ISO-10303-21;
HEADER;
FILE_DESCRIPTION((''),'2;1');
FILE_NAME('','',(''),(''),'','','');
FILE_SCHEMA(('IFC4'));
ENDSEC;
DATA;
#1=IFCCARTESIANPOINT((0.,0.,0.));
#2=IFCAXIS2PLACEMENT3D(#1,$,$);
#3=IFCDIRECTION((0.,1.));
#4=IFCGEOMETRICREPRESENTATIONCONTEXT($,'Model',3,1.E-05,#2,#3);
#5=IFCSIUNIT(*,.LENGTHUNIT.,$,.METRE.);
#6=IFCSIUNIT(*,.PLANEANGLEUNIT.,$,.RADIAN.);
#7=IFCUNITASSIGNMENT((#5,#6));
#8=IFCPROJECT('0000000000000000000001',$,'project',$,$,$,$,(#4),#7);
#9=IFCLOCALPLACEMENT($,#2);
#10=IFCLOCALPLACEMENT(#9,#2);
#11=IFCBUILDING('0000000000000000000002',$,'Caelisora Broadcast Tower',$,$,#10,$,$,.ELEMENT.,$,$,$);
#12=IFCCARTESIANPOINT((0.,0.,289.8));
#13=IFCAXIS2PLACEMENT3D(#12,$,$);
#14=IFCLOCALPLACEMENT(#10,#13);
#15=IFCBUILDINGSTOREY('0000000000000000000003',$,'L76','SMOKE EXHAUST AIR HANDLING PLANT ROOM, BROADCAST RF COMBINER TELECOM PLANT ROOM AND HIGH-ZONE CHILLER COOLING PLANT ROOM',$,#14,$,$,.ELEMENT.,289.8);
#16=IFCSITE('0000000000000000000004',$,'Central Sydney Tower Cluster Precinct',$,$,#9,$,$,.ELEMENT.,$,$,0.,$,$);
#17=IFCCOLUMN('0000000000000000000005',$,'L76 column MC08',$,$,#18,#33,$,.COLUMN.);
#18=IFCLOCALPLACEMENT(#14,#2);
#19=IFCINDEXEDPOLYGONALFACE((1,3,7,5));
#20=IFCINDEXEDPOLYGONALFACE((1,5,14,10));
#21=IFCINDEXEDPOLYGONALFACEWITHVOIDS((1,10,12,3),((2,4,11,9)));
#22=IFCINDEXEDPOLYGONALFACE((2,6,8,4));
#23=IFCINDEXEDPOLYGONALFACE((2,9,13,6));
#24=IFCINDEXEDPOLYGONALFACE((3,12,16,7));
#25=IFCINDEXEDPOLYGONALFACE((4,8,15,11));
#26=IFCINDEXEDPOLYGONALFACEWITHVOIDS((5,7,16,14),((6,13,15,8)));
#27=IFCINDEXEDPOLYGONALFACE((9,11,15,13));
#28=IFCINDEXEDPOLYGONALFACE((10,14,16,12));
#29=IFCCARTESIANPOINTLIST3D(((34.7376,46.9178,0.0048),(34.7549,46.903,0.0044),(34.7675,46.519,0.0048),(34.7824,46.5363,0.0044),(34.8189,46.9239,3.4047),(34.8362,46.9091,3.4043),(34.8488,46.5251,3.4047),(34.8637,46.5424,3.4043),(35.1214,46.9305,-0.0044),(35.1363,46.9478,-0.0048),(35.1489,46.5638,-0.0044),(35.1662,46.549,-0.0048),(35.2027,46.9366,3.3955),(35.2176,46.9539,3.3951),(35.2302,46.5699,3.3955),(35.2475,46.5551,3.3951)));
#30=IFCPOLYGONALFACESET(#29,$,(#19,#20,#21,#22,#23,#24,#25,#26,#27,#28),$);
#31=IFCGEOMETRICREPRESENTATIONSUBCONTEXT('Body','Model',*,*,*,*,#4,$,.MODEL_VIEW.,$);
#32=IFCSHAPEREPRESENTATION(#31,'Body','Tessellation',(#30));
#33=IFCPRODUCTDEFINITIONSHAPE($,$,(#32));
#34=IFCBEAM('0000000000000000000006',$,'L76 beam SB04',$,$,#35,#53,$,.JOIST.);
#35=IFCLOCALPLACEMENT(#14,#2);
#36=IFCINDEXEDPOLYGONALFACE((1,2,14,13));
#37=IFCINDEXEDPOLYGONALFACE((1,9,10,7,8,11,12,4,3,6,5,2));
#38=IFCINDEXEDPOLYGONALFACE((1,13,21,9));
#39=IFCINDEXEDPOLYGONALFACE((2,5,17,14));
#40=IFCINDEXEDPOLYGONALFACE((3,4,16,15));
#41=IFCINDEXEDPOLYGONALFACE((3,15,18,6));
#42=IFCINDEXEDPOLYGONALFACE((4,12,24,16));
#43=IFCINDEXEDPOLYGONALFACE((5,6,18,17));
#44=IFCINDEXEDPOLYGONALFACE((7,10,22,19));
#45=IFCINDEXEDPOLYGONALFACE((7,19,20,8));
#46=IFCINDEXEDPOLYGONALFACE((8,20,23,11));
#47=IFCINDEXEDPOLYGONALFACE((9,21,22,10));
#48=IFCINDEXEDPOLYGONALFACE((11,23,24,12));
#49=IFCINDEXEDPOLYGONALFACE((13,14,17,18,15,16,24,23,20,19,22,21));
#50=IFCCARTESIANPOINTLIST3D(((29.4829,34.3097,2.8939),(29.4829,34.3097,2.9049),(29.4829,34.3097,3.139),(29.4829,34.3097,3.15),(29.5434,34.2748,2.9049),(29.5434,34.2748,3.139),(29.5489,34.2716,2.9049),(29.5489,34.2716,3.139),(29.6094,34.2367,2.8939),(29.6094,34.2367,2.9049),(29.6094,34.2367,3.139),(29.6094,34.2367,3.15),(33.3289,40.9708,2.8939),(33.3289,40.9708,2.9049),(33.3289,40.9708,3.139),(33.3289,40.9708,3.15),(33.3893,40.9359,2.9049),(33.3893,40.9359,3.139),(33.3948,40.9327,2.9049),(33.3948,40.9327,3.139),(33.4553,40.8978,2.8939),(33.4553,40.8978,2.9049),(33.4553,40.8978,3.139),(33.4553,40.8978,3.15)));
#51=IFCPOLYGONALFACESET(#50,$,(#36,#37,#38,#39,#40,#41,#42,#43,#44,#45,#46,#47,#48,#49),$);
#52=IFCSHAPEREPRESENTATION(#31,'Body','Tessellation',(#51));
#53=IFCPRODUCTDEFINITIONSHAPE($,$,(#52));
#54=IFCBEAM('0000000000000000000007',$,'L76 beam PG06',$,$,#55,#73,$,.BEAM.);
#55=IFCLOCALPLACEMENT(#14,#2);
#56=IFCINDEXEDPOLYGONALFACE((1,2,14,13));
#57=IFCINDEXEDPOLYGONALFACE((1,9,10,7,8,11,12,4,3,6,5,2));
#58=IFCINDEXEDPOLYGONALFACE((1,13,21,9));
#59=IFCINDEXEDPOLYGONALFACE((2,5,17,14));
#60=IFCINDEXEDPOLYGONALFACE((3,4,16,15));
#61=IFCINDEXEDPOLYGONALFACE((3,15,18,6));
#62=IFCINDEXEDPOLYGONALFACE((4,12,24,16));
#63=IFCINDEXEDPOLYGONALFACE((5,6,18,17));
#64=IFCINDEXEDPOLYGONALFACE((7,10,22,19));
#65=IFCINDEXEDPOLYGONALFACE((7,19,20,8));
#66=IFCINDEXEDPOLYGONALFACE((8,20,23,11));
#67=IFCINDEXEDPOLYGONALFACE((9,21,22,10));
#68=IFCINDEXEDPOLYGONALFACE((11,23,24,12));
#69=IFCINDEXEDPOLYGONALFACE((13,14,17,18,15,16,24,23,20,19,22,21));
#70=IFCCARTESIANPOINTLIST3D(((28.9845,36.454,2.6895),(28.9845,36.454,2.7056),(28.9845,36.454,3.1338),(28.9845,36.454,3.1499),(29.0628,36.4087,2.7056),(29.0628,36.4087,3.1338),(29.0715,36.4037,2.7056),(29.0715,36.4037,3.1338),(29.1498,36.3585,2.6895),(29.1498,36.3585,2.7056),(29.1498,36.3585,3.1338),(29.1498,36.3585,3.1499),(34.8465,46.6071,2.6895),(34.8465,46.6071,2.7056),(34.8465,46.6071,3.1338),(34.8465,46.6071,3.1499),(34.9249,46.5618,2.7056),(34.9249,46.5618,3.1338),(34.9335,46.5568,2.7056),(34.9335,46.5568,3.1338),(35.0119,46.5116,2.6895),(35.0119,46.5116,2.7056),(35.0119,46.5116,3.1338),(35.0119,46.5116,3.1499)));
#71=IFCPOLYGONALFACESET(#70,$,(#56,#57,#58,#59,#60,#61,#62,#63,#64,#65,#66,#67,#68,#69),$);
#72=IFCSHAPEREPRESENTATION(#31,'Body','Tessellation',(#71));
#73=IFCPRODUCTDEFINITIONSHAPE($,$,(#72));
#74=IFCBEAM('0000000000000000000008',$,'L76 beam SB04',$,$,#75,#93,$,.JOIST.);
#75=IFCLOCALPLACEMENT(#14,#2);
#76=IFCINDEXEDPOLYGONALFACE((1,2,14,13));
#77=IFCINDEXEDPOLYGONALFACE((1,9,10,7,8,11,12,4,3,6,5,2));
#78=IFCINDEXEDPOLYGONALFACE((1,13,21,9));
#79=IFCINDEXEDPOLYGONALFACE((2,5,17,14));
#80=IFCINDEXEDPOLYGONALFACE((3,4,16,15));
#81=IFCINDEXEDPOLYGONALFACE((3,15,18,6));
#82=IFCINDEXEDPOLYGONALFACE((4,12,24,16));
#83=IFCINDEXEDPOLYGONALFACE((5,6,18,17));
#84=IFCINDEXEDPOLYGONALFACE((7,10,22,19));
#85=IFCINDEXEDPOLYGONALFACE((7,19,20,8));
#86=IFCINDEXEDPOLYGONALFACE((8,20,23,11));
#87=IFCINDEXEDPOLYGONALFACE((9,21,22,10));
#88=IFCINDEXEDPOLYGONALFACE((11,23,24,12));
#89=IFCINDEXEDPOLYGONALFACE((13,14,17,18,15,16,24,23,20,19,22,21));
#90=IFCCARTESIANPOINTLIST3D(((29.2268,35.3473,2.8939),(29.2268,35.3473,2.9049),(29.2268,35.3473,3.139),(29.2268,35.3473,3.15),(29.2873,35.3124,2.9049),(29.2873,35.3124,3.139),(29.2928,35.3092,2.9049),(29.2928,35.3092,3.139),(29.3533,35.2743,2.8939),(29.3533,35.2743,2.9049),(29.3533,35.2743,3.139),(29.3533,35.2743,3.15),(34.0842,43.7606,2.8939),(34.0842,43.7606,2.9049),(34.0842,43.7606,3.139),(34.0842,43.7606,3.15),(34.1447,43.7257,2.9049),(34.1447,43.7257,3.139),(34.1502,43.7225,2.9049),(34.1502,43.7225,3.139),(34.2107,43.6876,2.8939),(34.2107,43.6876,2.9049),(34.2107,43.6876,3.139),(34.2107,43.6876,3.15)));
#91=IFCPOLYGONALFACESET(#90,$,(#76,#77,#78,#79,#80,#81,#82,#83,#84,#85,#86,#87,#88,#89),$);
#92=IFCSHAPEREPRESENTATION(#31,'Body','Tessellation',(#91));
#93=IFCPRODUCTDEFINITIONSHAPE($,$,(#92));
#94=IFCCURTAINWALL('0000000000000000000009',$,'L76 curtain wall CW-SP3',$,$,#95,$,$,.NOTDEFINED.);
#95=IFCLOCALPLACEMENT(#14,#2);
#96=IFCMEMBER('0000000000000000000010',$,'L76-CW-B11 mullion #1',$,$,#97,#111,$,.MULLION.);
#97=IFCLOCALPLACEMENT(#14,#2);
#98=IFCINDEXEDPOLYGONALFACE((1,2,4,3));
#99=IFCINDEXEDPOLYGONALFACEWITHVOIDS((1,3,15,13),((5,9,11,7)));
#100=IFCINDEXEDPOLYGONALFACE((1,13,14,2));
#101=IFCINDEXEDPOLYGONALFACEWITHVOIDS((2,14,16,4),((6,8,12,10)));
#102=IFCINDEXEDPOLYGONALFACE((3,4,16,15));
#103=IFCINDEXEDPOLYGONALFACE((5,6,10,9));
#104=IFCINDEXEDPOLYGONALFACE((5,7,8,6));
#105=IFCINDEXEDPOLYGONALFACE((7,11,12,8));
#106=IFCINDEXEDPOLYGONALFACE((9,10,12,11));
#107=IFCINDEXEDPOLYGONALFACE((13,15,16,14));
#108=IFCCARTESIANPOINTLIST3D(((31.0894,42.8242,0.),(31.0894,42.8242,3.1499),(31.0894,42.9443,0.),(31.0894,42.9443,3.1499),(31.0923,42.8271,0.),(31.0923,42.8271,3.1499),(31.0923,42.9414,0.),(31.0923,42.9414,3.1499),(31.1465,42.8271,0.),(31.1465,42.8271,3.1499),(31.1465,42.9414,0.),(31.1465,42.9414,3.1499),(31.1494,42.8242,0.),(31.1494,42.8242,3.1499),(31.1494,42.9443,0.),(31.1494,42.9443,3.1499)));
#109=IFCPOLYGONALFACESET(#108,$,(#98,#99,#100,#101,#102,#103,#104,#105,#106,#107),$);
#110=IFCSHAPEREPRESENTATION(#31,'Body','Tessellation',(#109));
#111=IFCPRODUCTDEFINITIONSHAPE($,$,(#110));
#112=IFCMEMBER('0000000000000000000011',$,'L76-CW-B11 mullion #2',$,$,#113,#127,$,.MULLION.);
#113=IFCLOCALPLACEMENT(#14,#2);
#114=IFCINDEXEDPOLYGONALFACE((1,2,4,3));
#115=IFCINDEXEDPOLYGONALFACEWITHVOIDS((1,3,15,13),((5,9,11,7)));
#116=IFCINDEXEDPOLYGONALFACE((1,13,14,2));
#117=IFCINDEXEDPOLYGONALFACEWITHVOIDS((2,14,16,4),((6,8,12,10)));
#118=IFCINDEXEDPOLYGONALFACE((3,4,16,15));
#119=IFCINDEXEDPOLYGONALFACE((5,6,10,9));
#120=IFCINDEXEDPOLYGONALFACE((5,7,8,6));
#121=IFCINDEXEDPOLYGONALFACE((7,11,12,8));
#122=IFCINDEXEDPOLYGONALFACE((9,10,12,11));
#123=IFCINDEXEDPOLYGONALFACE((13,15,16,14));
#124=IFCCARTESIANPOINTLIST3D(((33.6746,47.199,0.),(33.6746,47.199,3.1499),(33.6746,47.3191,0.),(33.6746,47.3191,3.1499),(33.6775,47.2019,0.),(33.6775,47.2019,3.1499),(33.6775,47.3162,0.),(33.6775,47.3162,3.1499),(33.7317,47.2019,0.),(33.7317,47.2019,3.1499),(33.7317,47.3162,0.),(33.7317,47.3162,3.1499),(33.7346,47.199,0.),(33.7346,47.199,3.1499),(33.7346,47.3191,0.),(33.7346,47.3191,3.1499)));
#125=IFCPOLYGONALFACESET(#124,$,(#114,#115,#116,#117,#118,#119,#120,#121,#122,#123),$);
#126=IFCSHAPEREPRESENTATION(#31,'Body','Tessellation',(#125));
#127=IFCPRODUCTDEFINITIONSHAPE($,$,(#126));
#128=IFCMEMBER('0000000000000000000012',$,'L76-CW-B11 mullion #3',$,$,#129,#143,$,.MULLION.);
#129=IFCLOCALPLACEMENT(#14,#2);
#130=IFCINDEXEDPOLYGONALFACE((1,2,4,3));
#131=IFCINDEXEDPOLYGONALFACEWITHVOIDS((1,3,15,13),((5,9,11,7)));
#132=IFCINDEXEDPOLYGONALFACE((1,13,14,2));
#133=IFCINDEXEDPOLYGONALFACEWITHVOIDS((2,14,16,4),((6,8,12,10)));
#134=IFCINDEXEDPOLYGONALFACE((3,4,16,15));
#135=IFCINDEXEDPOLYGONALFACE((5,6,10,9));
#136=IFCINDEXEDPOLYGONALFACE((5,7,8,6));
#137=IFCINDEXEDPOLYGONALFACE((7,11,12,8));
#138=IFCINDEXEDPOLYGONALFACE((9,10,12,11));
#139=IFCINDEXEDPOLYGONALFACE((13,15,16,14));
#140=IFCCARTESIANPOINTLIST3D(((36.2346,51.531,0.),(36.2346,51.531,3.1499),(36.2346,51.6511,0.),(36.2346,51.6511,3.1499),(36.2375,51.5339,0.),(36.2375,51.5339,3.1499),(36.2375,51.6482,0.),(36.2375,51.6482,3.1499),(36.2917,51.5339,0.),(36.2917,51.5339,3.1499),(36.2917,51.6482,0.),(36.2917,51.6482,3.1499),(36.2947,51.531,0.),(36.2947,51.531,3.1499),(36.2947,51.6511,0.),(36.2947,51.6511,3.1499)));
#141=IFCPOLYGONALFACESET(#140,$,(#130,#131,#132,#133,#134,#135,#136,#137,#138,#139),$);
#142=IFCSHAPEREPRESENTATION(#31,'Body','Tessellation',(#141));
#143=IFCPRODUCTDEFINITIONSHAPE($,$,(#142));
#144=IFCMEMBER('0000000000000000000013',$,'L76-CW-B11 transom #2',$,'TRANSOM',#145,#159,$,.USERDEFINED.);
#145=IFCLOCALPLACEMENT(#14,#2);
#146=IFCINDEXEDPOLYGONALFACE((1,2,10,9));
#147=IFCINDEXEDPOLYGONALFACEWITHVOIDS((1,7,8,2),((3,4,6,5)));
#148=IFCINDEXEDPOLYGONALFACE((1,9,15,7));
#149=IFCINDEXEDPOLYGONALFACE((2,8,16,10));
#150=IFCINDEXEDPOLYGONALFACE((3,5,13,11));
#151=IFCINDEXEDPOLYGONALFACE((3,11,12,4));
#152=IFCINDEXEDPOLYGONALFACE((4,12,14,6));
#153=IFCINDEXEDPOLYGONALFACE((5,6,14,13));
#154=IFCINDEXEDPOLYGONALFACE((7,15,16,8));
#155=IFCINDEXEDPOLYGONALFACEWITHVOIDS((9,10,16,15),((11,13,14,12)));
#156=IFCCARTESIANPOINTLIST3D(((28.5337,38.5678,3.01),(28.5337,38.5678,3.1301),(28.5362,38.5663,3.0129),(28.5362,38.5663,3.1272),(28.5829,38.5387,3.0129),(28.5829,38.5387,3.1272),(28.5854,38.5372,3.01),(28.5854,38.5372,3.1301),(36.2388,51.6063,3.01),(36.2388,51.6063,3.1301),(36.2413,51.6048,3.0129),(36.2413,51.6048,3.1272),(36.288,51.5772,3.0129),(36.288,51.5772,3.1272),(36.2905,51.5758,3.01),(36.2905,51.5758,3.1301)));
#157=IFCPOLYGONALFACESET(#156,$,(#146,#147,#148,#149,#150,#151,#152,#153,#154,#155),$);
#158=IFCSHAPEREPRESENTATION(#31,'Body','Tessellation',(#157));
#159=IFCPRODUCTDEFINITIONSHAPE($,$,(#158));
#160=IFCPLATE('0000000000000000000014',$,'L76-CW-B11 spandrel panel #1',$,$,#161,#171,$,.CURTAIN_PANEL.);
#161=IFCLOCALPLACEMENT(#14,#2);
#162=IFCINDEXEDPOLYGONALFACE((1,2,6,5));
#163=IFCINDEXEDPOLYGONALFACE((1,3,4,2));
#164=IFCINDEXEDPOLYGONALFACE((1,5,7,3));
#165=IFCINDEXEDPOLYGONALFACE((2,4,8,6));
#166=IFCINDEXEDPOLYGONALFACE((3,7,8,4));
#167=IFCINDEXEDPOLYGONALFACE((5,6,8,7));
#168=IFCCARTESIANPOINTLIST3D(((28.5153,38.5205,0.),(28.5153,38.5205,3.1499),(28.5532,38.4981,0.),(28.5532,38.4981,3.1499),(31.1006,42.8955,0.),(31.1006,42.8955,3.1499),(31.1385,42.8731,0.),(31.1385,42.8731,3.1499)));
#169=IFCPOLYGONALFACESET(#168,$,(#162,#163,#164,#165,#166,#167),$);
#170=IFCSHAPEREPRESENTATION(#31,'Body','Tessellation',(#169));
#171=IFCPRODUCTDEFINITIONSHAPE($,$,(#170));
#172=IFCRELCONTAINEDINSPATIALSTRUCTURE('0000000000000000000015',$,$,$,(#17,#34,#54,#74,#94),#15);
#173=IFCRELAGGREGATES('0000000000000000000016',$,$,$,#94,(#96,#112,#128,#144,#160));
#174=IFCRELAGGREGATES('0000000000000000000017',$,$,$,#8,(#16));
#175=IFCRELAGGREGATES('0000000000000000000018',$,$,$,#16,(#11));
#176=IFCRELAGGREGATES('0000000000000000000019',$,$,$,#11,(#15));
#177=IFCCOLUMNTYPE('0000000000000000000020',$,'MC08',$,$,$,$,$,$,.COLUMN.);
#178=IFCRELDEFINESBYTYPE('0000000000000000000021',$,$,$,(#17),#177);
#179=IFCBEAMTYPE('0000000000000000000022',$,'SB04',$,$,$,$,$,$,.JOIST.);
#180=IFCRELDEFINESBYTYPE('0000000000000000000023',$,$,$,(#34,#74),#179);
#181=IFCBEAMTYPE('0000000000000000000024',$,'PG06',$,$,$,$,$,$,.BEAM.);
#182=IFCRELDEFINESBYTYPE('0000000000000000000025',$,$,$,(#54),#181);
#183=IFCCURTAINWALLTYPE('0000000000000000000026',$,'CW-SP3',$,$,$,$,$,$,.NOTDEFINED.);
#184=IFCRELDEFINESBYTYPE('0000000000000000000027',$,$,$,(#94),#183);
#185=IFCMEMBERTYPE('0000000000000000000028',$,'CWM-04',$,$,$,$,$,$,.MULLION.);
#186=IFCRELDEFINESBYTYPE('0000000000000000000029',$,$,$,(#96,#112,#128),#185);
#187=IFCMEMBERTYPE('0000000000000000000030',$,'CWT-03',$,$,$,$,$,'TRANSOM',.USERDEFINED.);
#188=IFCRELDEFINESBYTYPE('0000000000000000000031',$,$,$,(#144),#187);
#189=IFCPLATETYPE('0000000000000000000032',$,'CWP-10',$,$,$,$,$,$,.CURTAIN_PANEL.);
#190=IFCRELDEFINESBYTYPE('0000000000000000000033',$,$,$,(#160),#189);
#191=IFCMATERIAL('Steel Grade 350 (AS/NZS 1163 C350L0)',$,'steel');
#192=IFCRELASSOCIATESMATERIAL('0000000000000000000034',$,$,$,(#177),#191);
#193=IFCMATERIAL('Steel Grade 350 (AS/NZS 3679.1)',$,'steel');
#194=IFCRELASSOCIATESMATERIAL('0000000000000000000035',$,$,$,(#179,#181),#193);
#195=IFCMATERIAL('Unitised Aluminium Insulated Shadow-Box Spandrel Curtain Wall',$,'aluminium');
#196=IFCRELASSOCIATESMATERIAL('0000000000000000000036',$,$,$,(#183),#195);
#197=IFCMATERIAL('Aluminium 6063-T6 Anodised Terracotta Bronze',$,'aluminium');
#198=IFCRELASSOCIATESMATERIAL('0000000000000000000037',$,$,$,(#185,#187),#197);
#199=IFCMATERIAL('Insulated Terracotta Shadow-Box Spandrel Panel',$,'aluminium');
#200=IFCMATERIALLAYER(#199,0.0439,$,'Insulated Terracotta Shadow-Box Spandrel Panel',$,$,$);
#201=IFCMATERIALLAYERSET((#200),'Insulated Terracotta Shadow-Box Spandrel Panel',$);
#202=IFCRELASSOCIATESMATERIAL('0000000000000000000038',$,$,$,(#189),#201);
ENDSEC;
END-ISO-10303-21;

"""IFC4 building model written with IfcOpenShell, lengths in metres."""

from ifc_helpers import new_model, si_unit, direction, frame, origin, origin_2d, place, context, subcontext, project, spatial, rectangle, hollow_rectangle, i_section, extrude, source, transform, mapped, material, layer, layer_set, material_profile, profile_set, type_object, type_shapes, element, aggregate, save


model = new_model("IFC4")

# Units and contexts
model_context = context("Model", 3, precision=1e-05, world=origin(), true_north=direction((0.0, 1.0)))
body_context = subcontext(model_context, "Body", "Model", "MODEL_VIEW")
ifc_project = project(units=[si_unit("LENGTHUNIT", "METRE"), si_unit("PLANEANGLEUNIT", "RADIAN")], contexts=[model_context])

# Site, building, storey
site_placement = place(None, origin())
site = spatial("IfcSite", under=ifc_project, at=site_placement, Name="Central Sydney Tower Cluster Precinct", CompositionType="ELEMENT", RefElevation=0.0)
building_placement = place(site_placement, origin())
building = spatial("IfcBuilding", under=site, at=building_placement, Name="Caelisora Broadcast Tower", CompositionType="ELEMENT")
storey_placement = place(building_placement, frame((0.0, 0.0, 289.8)))
storey = spatial("IfcBuildingStorey", under=building, at=storey_placement, Name="L76", Description="SMOKE EXHAUST AIR HANDLING PLANT ROOM, BROADCAST RF COMBINER TELECOM PLANT ROOM AND HIGH-ZONE CHILLER COOLING PLANT ROOM", CompositionType="ELEMENT", Elevation=289.8)

# Column
ifc_material_1 = material(Name="Steel Grade 350 (AS/NZS 1163 C350L0)", Category="steel")
ifc_material_profile_1 = material_profile(ifc_material_1, hollow_rectangle(XDim=0.3999, YDim=0.3999, WallThickness=0.0161, at=origin_2d()), Name="Steel Grade 350 (AS/NZS 1163 C350L0)")
ifc_profile_set_1 = profile_set([ifc_material_profile_1], Name="Steel Grade 350 (AS/NZS 1163 C350L0)")
column_type = type_object("IfcColumnType", Name="MC08", PredefinedType="COLUMN", material=ifc_profile_set_1)
shared_shape_1 = source(origin(), body_context, "Body", "SweptSolid", [
    extrude(hollow_rectangle(XDim=0.3999, YDim=0.3999, WallThickness=0.0161, at=origin_2d()), origin(), (0.0, 0.0, 1.0), 3.4009),
])
type_shapes(column_type, [shared_shape_1])
column_placement = place(storey_placement, frame((34.9519, 46.7334, 0.0), z_axis=(0.023905, 0.001795, 0.999713), x_axis=(-0.074864, 0.997194, 0.0)))
element("IfcColumn", 1, at=column_placement, inside=storey, type_object=column_type, Name="L76 column MC08", PredefinedType="COLUMN", context=body_context, shape_type="MappedRepresentation", body=[
    mapped(shared_shape_1, transform((0.0, 0.0, 0.0), scale=1.0)),
])

# Beams
ifc_material_2 = material(Name="Steel Grade 350 (AS/NZS 3679.1)", Category="steel")
ifc_material_profile_2 = material_profile(ifc_material_2, i_section(OverallWidth=0.146, OverallDepth=0.2561, WebThickness=0.0063, FlangeThickness=0.011, at=origin_2d()), Name="Steel Grade 350 (AS/NZS 3679.1)")
ifc_profile_set_2 = profile_set([ifc_material_profile_2], Name="Steel Grade 350 (AS/NZS 3679.1)")
beam_type_1 = type_object("IfcBeamType", Name="SB04", PredefinedType="JOIST", material=ifc_profile_set_2)
shared_shape_2 = source(origin(), body_context, "Body", "SweptSolid", [
    extrude(i_section(OverallWidth=0.146, OverallDepth=0.2561, WebThickness=0.0063, FlangeThickness=0.011, at=origin_2d()), origin(), (0.0, 0.0, 1.0), 7.6917),
])
beam_1_placement = place(storey_placement, frame((33.3921, 40.9343, 3.022), z_axis=(-0.500014, -0.866017, 0.0), x_axis=(0.866017, -0.500014, 0.0)))
element("IfcBeam", 2, at=beam_1_placement, inside=storey, type_object=beam_type_1, Name="L76 beam SB04", PredefinedType="JOIST", context=body_context, shape_type="MappedRepresentation", body=[
    mapped(shared_shape_2, transform((0.0, 0.0, 0.0), scale=1.0)),
])
ifc_material_profile_3 = material_profile(ifc_material_2, i_section(OverallWidth=0.1909, OverallDepth=0.4604, WebThickness=0.01, FlangeThickness=0.0161, at=origin_2d()), Name="Steel Grade 350 (AS/NZS 3679.1)")
ifc_profile_set_3 = profile_set([ifc_material_profile_3], Name="Steel Grade 350 (AS/NZS 3679.1)")
beam_type_2 = type_object("IfcBeamType", Name="PG06", PredefinedType="BEAM", material=ifc_profile_set_3)
shared_shape_3 = source(origin(), body_context, "Body", "SweptSolid", [
    extrude(i_section(OverallWidth=0.1909, OverallDepth=0.4604, WebThickness=0.01, FlangeThickness=0.0161, at=origin_2d()), origin(), (0.0, 0.0, 1.0), 11.7239),
])
type_shapes(beam_type_2, [shared_shape_3])
beam_2_placement = place(storey_placement, frame((34.9292, 46.5593, 2.9197), z_axis=(-0.500011, -0.866019, 0.0), x_axis=(0.866019, -0.500011, 0.0)))
element("IfcBeam", 3, at=beam_2_placement, inside=storey, type_object=beam_type_2, Name="L76 beam PG06", PredefinedType="BEAM", context=body_context, shape_type="MappedRepresentation", body=[
    mapped(shared_shape_3, transform((0.0, 0.0, 0.0), scale=1.0)),
])
shared_shape_4 = source(origin(), body_context, "Body", "SweptSolid", [
    extrude(i_section(OverallWidth=0.146, OverallDepth=0.2561, WebThickness=0.0063, FlangeThickness=0.011, at=origin_2d()), origin(), (0.0, 0.0, 1.0), 9.7148),
])
type_shapes(beam_type_1, [shared_shape_2, shared_shape_4])
beam_3_placement = place(storey_placement, frame((34.1475, 43.7241, 3.022), z_axis=(-0.499999, -0.866026, 0.0), x_axis=(0.866026, -0.499999, 0.0)))
element("IfcBeam", 4, at=beam_3_placement, inside=storey, type_object=beam_type_1, Name="L76 beam SB04", PredefinedType="JOIST", context=body_context, shape_type="MappedRepresentation", body=[
    mapped(shared_shape_4, transform((0.0, 0.0, 0.0), scale=1.0)),
])

# Curtain wall, members, plate
ifc_material_3 = material(Name="Unitised Aluminium Insulated Shadow-Box Spandrel Curtain Wall", Category="aluminium")
curtain_wall_type = type_object("IfcCurtainWallType", Name="CW-SP3", PredefinedType="NOTDEFINED", material=ifc_material_3)
curtain_wall_placement = place(storey_placement, origin())
curtain_wall = element("IfcCurtainWall", 5, at=curtain_wall_placement, inside=storey, type_object=curtain_wall_type, Name="L76 curtain wall CW-SP3", PredefinedType="NOTDEFINED")
ifc_material_4 = material(Name="Aluminium 6063-T6 Anodised Terracotta Bronze", Category="aluminium")
ifc_material_profile_4 = material_profile(ifc_material_4, hollow_rectangle(XDim=0.0601, YDim=0.1201, WallThickness=0.0029, at=origin_2d()), Name="Aluminium 6063-T6 Anodised Terracotta Bronze")
ifc_profile_set_4 = profile_set([ifc_material_profile_4], Name="Aluminium 6063-T6 Anodised Terracotta Bronze")
member_type_1 = type_object("IfcMemberType", Name="CWM-04", PredefinedType="MULLION", material=ifc_profile_set_4)
shared_shape_5 = source(origin(), body_context, "Body", "SweptSolid", [
    extrude(hollow_rectangle(XDim=0.0601, YDim=0.1201, WallThickness=0.0029, at=origin_2d()), origin(), (0.0, 0.0, 1.0), 3.1499),
])
type_shapes(member_type_1, [shared_shape_5])
member_1_placement = place(storey_placement, frame((31.1194, 42.8843, 0.0), z_axis=(0.0, 0.0, 1.0), x_axis=(1.0, 0.0, 0.0)))
member_1 = element("IfcMember", 6, at=member_1_placement, type_object=member_type_1, Name="L76-CW-B11 mullion #1", PredefinedType="MULLION", context=body_context, shape_type="MappedRepresentation", body=[
    mapped(shared_shape_5, transform((0.0, 0.0, 0.0), scale=1.0)),
])
member_2_placement = place(storey_placement, frame((33.7046, 47.259, 0.0), z_axis=(0.0, 0.0, 1.0), x_axis=(1.0, 0.0, 0.0)))
member_2 = element("IfcMember", 7, at=member_2_placement, type_object=member_type_1, Name="L76-CW-B11 mullion #2", PredefinedType="MULLION", context=body_context, shape_type="MappedRepresentation", body=[
    mapped(shared_shape_5, transform((0.0, 0.0, 0.0), scale=1.0)),
])
member_3_placement = place(storey_placement, frame((36.2646, 51.5911, 0.0), z_axis=(0.0, 0.0, 1.0), x_axis=(1.0, 0.0, 0.0)))
member_3 = element("IfcMember", 8, at=member_3_placement, type_object=member_type_1, Name="L76-CW-B11 mullion #3", PredefinedType="MULLION", context=body_context, shape_type="MappedRepresentation", body=[
    mapped(shared_shape_5, transform((0.0, 0.0, 0.0), scale=1.0)),
])
ifc_material_profile_5 = material_profile(ifc_material_4, hollow_rectangle(XDim=0.0601, YDim=0.1201, WallThickness=0.0029, at=origin_2d()), Name="Aluminium 6063-T6 Anodised Terracotta Bronze")
ifc_profile_set_5 = profile_set([ifc_material_profile_5], Name="Aluminium 6063-T6 Anodised Terracotta Bronze")
member_type_2 = type_object("IfcMemberType", Name="CWT-03", ElementType="TRANSOM", PredefinedType="USERDEFINED", material=ifc_profile_set_5)
shared_shape_6 = source(origin(), body_context, "Body", "SweptSolid", [
    extrude(hollow_rectangle(XDim=0.0601, YDim=0.1201, WallThickness=0.0029, at=origin_2d()), origin(), (0.0, 0.0, 1.0), 15.145),
])
type_shapes(member_type_2, [shared_shape_6])
member_4_placement = place(storey_placement, frame((28.5596, 38.5525, 3.0701), z_axis=(0.508752, 0.860913, 0.0), x_axis=(-0.860913, 0.508752, 0.0)))
member_4 = element("IfcMember", 9, at=member_4_placement, type_object=member_type_2, Name="L76-CW-B11 transom #2", ObjectType="TRANSOM", PredefinedType="USERDEFINED", context=body_context, shape_type="MappedRepresentation", body=[
    mapped(shared_shape_6, transform((0.0, 0.0, 0.0), scale=1.0)),
])
ifc_material_5 = material(Name="Insulated Terracotta Shadow-Box Spandrel Panel", Category="aluminium")
ifc_layer_1 = layer(ifc_material_5, 0.0439, Name="Insulated Terracotta Shadow-Box Spandrel Panel")
ifc_layer_set_1 = layer_set([ifc_layer_1], Name="Insulated Terracotta Shadow-Box Spandrel Panel")
plate_type = type_object("IfcPlateType", Name="CWP-10", PredefinedType="CURTAIN_PANEL", material=ifc_layer_set_1)
shared_shape_7 = source(origin(), body_context, "Body", "SweptSolid", [
    extrude(rectangle(XDim=5.0818, YDim=0.0439, at=origin_2d()), origin(), (0.0, 0.0, 1.0), 3.1499),
])
type_shapes(plate_type, [shared_shape_7])
plate_1_placement = place(storey_placement, frame((29.8269, 40.6968, 0.0), z_axis=(0.0, 0.0, 1.0), x_axis=(0.508741, 0.86092, 0.0)))
plate_1 = element("IfcPlate", 10, at=plate_1_placement, type_object=plate_type, Name="L76-CW-B11 spandrel panel #1", PredefinedType="CURTAIN_PANEL", context=body_context, shape_type="MappedRepresentation", body=[
    mapped(shared_shape_7, transform((0.0, 0.0, 0.0), scale=1.0)),
])
aggregate(curtain_wall, [member_1, member_2, member_3, member_4, plate_1])

save(model, "model.ifc")
